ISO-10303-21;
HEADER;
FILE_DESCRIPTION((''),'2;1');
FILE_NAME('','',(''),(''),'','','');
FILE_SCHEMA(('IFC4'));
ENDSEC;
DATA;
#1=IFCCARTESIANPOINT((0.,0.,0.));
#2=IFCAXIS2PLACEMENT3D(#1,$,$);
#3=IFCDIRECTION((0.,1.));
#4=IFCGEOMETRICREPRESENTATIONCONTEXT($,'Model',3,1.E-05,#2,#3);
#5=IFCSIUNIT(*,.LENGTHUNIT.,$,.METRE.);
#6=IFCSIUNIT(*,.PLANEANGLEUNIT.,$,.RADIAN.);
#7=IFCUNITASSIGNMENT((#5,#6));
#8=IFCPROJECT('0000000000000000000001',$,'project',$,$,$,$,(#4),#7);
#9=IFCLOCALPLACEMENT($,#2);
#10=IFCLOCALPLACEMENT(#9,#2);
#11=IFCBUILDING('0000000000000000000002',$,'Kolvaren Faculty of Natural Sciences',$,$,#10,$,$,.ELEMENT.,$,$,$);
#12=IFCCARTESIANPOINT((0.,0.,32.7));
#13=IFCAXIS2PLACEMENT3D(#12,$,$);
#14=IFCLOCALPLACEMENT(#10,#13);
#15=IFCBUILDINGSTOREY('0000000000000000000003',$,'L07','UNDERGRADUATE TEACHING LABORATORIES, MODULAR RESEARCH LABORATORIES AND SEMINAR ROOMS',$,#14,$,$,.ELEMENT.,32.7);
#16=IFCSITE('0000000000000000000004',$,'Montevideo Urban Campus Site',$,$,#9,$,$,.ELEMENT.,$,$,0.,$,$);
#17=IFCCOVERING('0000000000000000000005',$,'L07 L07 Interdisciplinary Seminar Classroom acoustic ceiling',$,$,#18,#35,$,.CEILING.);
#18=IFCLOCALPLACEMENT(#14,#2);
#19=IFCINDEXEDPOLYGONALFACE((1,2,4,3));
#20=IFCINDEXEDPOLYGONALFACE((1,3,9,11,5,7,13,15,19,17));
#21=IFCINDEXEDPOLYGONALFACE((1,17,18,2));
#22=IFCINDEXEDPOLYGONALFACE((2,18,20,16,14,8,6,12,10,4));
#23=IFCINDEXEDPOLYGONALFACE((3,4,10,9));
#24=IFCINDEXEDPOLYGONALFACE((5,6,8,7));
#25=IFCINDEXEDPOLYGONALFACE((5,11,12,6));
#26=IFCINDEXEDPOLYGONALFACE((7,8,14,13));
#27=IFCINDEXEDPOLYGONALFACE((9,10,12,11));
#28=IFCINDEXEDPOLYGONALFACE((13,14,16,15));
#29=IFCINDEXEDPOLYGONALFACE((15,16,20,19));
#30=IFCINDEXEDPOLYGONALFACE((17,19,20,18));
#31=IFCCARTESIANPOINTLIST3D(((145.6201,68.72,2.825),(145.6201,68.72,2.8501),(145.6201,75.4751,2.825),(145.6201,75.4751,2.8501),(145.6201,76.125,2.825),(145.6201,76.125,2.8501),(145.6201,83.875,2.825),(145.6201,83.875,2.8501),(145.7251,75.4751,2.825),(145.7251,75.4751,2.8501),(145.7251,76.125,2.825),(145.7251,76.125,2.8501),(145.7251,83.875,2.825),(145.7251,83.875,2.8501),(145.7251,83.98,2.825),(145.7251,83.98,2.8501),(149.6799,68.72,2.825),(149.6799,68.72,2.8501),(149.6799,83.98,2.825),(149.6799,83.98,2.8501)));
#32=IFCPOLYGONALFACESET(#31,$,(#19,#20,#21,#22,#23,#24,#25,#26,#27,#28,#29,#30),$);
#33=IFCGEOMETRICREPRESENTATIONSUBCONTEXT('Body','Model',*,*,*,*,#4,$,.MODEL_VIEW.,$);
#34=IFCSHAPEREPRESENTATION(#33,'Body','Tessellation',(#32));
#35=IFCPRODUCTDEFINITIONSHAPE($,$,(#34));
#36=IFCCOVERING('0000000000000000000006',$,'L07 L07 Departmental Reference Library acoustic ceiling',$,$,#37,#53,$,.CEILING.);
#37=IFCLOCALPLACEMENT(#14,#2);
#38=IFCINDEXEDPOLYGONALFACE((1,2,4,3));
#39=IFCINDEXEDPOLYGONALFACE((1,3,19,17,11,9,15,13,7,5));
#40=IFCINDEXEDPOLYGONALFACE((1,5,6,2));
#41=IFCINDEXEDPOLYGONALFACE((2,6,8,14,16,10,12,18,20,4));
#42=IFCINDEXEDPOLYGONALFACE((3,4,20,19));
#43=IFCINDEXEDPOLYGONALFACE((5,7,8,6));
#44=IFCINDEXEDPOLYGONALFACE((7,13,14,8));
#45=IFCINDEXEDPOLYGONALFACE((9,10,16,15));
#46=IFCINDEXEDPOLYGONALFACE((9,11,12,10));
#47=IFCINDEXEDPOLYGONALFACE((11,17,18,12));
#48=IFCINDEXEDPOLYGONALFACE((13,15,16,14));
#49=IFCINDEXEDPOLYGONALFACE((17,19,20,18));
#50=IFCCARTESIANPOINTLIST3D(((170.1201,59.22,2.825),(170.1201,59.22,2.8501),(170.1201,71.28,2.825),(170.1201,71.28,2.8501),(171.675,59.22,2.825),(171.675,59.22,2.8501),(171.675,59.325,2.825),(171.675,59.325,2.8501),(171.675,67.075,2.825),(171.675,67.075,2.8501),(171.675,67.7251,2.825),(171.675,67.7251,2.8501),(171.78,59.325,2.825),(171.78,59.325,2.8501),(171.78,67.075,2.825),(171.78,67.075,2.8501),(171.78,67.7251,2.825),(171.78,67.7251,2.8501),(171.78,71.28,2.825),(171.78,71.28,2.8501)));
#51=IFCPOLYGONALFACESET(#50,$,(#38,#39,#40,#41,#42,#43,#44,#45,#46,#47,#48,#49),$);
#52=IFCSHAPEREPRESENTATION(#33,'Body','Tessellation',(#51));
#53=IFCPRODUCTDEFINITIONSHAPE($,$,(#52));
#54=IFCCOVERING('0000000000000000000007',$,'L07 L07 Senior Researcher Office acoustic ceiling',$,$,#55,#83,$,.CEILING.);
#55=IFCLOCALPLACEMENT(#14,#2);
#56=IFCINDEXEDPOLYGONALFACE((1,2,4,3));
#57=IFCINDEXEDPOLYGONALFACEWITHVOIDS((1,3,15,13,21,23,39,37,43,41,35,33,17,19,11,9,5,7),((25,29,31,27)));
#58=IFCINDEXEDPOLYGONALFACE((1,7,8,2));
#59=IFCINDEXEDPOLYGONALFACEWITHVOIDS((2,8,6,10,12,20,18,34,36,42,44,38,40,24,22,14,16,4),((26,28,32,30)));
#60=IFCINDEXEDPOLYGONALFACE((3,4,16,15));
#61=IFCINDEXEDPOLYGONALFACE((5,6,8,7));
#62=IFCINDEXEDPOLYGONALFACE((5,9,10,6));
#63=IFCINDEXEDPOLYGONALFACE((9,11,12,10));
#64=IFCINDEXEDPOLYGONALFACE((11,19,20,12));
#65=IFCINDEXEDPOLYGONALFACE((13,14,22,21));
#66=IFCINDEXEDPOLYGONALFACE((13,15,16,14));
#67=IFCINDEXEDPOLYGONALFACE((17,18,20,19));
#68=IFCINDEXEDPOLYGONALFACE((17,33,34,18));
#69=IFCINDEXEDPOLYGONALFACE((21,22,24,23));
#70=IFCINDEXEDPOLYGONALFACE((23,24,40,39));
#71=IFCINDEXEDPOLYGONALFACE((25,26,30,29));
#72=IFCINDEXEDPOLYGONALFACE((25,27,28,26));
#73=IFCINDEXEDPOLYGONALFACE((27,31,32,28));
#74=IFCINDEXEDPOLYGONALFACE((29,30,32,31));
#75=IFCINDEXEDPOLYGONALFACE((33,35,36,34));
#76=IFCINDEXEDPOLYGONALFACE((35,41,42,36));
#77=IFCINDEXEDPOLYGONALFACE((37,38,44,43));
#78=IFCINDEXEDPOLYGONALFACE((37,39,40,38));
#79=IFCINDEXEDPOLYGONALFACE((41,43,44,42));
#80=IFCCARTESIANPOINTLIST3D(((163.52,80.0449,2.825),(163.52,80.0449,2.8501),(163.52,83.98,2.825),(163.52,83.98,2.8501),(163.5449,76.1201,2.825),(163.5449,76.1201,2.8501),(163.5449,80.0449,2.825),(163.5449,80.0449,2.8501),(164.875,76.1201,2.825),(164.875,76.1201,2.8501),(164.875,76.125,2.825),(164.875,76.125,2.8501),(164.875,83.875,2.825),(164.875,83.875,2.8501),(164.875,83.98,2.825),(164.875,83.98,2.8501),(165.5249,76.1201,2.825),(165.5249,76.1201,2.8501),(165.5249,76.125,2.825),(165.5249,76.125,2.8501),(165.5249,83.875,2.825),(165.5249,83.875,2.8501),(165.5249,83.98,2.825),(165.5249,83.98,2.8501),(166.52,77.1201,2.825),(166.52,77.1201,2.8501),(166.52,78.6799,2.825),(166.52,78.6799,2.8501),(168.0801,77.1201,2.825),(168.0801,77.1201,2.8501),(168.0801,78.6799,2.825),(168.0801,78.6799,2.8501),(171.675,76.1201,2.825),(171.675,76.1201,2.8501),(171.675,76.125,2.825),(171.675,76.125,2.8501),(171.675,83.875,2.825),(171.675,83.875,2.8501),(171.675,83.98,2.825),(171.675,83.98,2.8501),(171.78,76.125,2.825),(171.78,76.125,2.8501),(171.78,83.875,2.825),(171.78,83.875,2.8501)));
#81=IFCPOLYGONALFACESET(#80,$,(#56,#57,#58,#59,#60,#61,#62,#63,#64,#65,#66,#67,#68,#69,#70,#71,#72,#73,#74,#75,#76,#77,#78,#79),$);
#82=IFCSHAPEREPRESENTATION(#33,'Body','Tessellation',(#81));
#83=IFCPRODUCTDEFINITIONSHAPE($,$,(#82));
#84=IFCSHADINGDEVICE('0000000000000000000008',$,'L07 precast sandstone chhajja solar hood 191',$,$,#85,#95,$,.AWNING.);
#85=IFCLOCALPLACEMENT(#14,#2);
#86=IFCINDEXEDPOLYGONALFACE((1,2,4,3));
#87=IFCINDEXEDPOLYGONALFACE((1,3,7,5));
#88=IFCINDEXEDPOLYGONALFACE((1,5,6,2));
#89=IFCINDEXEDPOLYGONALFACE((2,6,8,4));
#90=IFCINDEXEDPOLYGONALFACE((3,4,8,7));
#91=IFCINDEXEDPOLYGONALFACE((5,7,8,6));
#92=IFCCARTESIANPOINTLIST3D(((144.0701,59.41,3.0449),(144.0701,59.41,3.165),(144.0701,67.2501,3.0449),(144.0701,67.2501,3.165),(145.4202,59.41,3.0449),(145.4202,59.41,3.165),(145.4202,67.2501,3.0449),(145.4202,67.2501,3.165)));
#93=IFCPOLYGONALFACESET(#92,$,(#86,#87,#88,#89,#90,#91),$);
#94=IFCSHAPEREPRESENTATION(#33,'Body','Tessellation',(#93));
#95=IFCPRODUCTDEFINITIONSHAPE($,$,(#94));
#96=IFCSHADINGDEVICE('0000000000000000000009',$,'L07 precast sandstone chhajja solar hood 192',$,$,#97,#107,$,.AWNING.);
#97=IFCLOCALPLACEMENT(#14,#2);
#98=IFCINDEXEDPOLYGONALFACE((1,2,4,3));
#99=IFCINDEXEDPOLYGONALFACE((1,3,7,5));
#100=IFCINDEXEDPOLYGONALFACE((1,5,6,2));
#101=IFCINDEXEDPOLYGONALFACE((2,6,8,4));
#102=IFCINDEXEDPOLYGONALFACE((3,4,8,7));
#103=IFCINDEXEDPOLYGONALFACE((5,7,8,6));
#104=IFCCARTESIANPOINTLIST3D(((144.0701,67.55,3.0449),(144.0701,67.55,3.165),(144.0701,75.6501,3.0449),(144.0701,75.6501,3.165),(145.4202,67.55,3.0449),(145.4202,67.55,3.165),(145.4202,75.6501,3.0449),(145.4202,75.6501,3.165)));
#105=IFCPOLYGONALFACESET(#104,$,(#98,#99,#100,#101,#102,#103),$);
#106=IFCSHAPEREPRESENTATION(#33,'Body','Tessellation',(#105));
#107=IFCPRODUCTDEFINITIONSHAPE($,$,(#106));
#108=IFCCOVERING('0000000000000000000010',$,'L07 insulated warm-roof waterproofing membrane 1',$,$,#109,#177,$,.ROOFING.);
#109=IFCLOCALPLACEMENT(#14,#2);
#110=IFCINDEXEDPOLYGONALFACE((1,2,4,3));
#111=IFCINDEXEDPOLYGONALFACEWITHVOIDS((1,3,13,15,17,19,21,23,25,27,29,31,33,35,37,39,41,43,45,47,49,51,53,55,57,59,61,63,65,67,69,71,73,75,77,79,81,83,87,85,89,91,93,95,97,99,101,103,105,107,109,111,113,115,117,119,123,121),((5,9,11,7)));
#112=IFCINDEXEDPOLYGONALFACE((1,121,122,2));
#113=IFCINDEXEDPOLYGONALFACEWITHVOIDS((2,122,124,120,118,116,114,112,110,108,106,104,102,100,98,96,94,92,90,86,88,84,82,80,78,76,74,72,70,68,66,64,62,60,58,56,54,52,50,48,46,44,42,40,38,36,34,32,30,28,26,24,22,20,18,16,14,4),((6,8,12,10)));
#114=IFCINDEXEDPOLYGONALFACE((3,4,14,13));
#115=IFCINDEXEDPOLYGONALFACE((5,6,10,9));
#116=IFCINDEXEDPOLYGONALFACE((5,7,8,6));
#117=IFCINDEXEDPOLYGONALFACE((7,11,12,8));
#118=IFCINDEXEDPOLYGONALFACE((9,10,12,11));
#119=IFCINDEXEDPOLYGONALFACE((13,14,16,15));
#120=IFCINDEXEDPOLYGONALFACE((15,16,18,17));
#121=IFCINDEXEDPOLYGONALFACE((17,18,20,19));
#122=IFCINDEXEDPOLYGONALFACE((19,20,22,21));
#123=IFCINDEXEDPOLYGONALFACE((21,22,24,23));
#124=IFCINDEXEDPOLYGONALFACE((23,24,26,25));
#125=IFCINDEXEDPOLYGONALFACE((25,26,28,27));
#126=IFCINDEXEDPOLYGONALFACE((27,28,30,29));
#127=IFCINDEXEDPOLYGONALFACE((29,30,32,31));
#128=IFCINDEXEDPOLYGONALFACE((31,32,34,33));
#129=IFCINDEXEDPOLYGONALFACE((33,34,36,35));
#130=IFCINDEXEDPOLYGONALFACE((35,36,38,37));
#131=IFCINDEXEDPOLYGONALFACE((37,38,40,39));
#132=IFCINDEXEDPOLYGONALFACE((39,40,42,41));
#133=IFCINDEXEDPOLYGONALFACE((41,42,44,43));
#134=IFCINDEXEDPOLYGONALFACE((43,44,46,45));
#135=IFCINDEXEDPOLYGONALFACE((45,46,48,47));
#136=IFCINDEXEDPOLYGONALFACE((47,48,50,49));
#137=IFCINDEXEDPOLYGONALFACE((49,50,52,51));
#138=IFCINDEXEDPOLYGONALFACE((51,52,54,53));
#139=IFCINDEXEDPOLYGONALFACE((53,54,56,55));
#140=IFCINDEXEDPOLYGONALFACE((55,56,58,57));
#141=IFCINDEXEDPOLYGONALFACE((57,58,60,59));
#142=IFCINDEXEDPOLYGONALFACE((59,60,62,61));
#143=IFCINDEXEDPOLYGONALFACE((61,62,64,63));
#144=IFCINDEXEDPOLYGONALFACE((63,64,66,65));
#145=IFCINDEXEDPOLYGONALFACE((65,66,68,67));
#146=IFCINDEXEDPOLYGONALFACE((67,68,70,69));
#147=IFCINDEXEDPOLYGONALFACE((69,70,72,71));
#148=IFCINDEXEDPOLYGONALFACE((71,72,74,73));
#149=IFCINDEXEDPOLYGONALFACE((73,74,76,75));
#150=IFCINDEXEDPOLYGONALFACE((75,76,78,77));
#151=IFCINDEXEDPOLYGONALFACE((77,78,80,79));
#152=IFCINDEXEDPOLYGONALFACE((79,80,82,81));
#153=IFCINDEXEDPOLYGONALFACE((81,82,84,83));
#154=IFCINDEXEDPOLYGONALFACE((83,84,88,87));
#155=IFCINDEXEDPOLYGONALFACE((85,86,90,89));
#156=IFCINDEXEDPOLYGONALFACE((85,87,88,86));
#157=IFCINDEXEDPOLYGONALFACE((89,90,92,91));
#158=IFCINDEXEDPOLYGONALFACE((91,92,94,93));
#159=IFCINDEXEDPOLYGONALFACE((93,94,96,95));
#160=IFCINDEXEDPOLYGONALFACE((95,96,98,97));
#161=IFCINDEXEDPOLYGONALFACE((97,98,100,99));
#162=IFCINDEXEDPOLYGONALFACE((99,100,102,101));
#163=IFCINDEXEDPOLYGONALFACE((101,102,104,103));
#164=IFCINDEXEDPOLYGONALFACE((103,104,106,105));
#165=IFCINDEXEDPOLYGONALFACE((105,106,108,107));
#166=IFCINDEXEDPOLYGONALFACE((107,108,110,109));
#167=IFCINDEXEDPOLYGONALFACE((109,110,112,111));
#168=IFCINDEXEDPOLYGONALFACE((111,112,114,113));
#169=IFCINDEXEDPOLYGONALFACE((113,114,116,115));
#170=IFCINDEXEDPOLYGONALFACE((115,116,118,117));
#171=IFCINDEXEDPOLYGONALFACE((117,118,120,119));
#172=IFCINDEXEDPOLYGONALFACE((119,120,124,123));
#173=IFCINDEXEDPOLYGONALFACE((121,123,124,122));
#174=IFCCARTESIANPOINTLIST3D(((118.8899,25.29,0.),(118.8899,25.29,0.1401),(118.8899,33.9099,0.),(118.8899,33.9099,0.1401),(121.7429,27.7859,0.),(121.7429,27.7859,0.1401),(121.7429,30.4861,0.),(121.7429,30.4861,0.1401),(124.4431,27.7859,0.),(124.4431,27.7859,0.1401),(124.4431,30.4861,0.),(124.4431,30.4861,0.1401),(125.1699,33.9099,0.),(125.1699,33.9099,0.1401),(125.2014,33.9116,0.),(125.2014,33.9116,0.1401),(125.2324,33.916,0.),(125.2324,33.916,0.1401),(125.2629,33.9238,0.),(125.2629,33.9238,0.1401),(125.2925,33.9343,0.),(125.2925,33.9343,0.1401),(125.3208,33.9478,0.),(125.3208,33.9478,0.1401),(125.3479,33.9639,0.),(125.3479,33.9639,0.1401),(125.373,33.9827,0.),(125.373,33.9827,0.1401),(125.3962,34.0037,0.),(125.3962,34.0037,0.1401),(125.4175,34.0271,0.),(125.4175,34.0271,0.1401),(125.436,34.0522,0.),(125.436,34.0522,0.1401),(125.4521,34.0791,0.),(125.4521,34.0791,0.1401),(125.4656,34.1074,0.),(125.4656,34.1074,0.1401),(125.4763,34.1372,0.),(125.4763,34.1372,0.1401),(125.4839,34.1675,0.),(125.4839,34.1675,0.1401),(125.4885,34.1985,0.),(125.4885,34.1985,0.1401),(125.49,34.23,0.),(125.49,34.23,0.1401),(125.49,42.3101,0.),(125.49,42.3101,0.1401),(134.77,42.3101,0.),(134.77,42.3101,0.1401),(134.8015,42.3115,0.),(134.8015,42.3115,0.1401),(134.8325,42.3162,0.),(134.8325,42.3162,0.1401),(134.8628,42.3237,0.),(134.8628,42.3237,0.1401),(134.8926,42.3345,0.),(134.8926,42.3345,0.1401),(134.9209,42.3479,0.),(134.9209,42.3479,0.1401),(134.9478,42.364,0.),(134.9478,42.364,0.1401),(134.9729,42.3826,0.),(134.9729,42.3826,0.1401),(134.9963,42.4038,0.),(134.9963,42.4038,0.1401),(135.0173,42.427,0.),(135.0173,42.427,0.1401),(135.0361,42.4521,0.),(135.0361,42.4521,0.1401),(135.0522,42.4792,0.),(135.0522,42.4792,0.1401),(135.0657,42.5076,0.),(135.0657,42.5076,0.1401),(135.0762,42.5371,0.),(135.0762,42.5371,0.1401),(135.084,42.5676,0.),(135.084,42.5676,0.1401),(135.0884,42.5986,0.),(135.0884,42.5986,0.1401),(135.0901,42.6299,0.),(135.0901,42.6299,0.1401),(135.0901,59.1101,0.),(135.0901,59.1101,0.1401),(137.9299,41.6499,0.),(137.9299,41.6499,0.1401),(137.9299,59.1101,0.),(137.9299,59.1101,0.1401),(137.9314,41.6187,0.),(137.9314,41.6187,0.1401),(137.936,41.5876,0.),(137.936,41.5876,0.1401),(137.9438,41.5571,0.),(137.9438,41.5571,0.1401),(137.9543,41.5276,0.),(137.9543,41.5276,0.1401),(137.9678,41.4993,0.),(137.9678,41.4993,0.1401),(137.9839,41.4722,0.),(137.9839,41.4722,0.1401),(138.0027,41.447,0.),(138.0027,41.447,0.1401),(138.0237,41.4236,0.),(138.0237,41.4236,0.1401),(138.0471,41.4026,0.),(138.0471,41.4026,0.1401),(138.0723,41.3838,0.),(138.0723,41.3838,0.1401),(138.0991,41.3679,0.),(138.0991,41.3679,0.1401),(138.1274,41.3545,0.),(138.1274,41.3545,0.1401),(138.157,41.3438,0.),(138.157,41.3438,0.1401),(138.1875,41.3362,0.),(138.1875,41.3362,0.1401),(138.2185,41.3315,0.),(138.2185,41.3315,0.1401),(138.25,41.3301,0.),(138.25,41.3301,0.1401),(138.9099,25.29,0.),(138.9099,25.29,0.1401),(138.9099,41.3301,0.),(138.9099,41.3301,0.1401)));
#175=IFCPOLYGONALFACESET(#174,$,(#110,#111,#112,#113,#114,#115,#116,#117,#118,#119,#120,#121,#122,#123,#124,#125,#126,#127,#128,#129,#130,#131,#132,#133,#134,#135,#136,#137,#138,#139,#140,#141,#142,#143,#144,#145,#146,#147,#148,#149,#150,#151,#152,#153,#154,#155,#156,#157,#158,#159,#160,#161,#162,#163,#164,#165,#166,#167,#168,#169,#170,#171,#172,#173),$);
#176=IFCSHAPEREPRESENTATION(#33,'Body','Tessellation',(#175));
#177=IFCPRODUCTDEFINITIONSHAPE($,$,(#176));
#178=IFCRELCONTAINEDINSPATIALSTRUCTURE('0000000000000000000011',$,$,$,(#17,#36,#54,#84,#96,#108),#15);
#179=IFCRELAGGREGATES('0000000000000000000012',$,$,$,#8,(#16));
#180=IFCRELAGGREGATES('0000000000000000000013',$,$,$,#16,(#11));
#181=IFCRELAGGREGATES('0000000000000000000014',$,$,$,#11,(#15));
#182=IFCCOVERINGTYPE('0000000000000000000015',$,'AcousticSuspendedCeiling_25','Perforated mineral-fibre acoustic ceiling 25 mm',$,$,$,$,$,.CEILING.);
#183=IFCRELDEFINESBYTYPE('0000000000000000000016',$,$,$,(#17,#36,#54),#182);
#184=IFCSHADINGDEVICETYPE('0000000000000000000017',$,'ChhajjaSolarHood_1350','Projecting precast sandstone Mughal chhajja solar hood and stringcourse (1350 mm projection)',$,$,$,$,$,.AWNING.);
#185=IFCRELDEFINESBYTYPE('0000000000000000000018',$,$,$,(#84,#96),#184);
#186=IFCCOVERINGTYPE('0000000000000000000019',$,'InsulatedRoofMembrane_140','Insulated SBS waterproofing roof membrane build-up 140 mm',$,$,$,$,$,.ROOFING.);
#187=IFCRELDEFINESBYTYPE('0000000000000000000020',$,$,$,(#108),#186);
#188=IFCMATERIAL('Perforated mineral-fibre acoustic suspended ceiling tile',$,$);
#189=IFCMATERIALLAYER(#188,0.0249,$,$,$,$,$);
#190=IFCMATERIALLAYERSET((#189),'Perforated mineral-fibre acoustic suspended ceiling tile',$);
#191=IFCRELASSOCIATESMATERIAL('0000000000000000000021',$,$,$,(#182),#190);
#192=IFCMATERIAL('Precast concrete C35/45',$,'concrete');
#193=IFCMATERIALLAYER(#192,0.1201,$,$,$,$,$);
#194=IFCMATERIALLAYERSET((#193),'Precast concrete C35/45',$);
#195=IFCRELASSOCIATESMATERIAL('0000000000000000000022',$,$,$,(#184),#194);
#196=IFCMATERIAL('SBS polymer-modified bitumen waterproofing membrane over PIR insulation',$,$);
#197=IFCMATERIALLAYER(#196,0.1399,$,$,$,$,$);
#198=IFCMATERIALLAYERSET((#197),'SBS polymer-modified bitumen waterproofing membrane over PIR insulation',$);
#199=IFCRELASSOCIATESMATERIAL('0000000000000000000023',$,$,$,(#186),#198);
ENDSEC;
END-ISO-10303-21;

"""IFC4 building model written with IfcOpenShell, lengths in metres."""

from ifc_helpers import new_model, si_unit, direction, frame, origin, origin_2d, place, context, subcontext, project, spatial, polyline, rectangle, outline, extrude, material, layer, layer_set, type_object, element, save


model = new_model("IFC4")

# Units and contexts
model_context = context("Model", 3, precision=1e-05, world=origin(), true_north=direction((0.0, 1.0)))
body_context = subcontext(model_context, "Body", "Model", "MODEL_VIEW")
ifc_project = project(units=[si_unit("LENGTHUNIT", "METRE"), si_unit("PLANEANGLEUNIT", "RADIAN")], contexts=[model_context])

# Site, building, storey
site_placement = place(None, origin())
site = spatial("IfcSite", under=ifc_project, at=site_placement, Name="Montevideo Urban Campus Site", CompositionType="ELEMENT", RefElevation=0.0)
building_placement = place(site_placement, origin())
building = spatial("IfcBuilding", under=site, at=building_placement, Name="Kolvaren Faculty of Natural Sciences", CompositionType="ELEMENT")
storey_placement = place(building_placement, frame((0.0, 0.0, 32.7)))
storey = spatial("IfcBuildingStorey", under=building, at=storey_placement, Name="L07", Description="UNDERGRADUATE TEACHING LABORATORIES, MODULAR RESEARCH LABORATORIES AND SEMINAR ROOMS", CompositionType="ELEMENT", Elevation=32.7)

# Shared definitions
ifc_material_1 = material(Name="Precast concrete C35/45", Category="concrete")

# Coverings
ifc_material_2 = material(Name="Perforated mineral-fibre acoustic suspended ceiling tile")
ifc_layer_1 = layer(ifc_material_2, 0.0249)
ifc_layer_set_1 = layer_set([ifc_layer_1], Name="Perforated mineral-fibre acoustic suspended ceiling tile")
covering_type_1 = type_object("IfcCoveringType", Name="AcousticSuspendedCeiling_25", Description="Perforated mineral-fibre acoustic ceiling 25 mm", PredefinedType="CEILING", material=ifc_layer_set_1)
covering_1_placement = place(storey_placement, frame((0.0, 0.0, 2.825)))
element("IfcCovering", 1, at=covering_1_placement, inside=storey, type_object=covering_type_1, Name="L07 L07 Interdisciplinary Seminar Classroom acoustic ceiling", PredefinedType="CEILING", context=body_context, shape_type="SweptSolid", body=[
    extrude(outline(polyline([(145.6201, 68.72), (145.6201, 75.4751), (145.7251, 75.4751), (145.7251, 76.125), (145.6201, 76.125), (145.6201, 83.875), (145.7251, 83.875), (145.7251, 83.98), (149.6799, 83.98), (149.6799, 68.72), (145.6201, 68.72)])), origin(), (0.0, 0.0, 1.0), 0.0251),
])
covering_2_placement = place(storey_placement, frame((0.0, 0.0, 2.825)))
element("IfcCovering", 2, at=covering_2_placement, inside=storey, type_object=covering_type_1, Name="L07 L07 Departmental Reference Library acoustic ceiling", PredefinedType="CEILING", context=body_context, shape_type="SweptSolid", body=[
    extrude(outline(polyline([(171.78, 71.28), (171.78, 67.7251), (171.675, 67.7251), (171.675, 67.075), (171.78, 67.075), (171.78, 59.325), (171.675, 59.325), (171.675, 59.22), (170.1201, 59.22), (170.1201, 71.28), (171.78, 71.28)])), origin(), (0.0, 0.0, 1.0), 0.0251),
])
covering_3_placement = place(storey_placement, frame((0.0, 0.0, 2.825)))
element("IfcCovering", 3, at=covering_3_placement, inside=storey, type_object=covering_type_1, Name="L07 L07 Senior Researcher Office acoustic ceiling", PredefinedType="CEILING", context=body_context, shape_type="SweptSolid", body=[
    extrude(outline(polyline([(163.5449, 80.0449), (163.52, 80.0449), (163.52, 83.98), (164.875, 83.98), (164.875, 83.875), (165.5249, 83.875), (165.5249, 83.98), (171.675, 83.98), (171.675, 83.875), (171.78, 83.875), (171.78, 76.125), (171.675, 76.125), (171.675, 76.1201), (165.5249, 76.1201), (165.5249, 76.125), (164.875, 76.125), (164.875, 76.1201), (163.5449, 76.1201), (163.5449, 80.0449)]), holes=[polyline([(168.0801, 77.1201), (168.0801, 78.6799), (166.52, 78.6799), (166.52, 77.1201), (168.0801, 77.1201)])]), origin(), (0.0, 0.0, 1.0), 0.0251),
])

# Shading devices
ifc_layer_2 = layer(ifc_material_1, 0.1201)
ifc_layer_set_2 = layer_set([ifc_layer_2], Name="Precast concrete C35/45")
shading_device_type = type_object("IfcShadingDeviceType", Name="ChhajjaSolarHood_1350", Description="Projecting precast sandstone Mughal chhajja solar hood and stringcourse (1350 mm projection)", PredefinedType="AWNING", material=ifc_layer_set_2)
shading_device_1_placement = place(storey_placement, frame((144.7451, 63.3301, 3.0449), z_axis=(0.0, 0.0, 1.0), x_axis=(0.0, 1.0, 0.0)))
element("IfcShadingDevice", 4, at=shading_device_1_placement, inside=storey, type_object=shading_device_type, Name="L07 precast sandstone chhajja solar hood 191", PredefinedType="AWNING", context=body_context, shape_type="SweptSolid", body=[
    extrude(rectangle(XDim=7.8401, YDim=1.3501, at=origin_2d()), origin(), (0.0, 0.0, 1.0), 0.1201),
])
shading_device_2_placement = place(storey_placement, frame((144.7451, 71.6001, 3.0449), z_axis=(0.0, 0.0, 1.0), x_axis=(0.0, 1.0, 0.0)))
element("IfcShadingDevice", 5, at=shading_device_2_placement, inside=storey, type_object=shading_device_type, Name="L07 precast sandstone chhajja solar hood 192", PredefinedType="AWNING", context=body_context, shape_type="SweptSolid", body=[
    extrude(rectangle(XDim=8.1001, YDim=1.3501, at=origin_2d()), origin(), (0.0, 0.0, 1.0), 0.1201),
])

# Covering
ifc_material_3 = material(Name="SBS polymer-modified bitumen waterproofing membrane over PIR insulation")
ifc_layer_3 = layer(ifc_material_3, 0.1399)
ifc_layer_set_3 = layer_set([ifc_layer_3], Name="SBS polymer-modified bitumen waterproofing membrane over PIR insulation")
covering_type_2 = type_object("IfcCoveringType", Name="InsulatedRoofMembrane_140", Description="Insulated SBS waterproofing roof membrane build-up 140 mm", PredefinedType="ROOFING", material=ifc_layer_set_3)
covering_4_placement = place(storey_placement, origin())
element("IfcCovering", 6, at=covering_4_placement, inside=storey, type_object=covering_type_2, Name="L07 insulated warm-roof waterproofing membrane 1", PredefinedType="ROOFING", context=body_context, shape_type="SweptSolid", body=[
    extrude(outline(polyline([(134.77, 42.3101), (134.8015, 42.3115), (134.8325, 42.3162), (134.8628, 42.3237), (134.8926, 42.3345), (134.9209, 42.3479), (134.9478, 42.364), (134.9729, 42.3826), (134.9963, 42.4038), (135.0173, 42.427), (135.0361, 42.4521), (135.0522, 42.4792), (135.0657, 42.5076), (135.0762, 42.5371), (135.084, 42.5676), (135.0884, 42.5986), (135.0901, 42.6299), (135.0901, 59.1101), (137.9299, 59.1101), (137.9299, 41.6499), (137.9314, 41.6187), (137.936, 41.5876), (137.9438, 41.5571), (137.9543, 41.5276), (137.9678, 41.4993), (137.9839, 41.4722), (138.0027, 41.447), (138.0237, 41.4236), (138.0471, 41.4026), (138.0723, 41.3838), (138.0991, 41.3679), (138.1274, 41.3545), (138.157, 41.3438), (138.1875, 41.3362), (138.2185, 41.3315), (138.25, 41.3301), (138.9099, 41.3301), (138.9099, 25.29), (118.8899, 25.29), (118.8899, 33.9099), (125.1699, 33.9099), (125.2014, 33.9116), (125.2324, 33.916), (125.2629, 33.9238), (125.2925, 33.9343), (125.3208, 33.9478), (125.3479, 33.9639), (125.373, 33.9827), (125.3962, 34.0037), (125.4175, 34.0271), (125.436, 34.0522), (125.4521, 34.0791), (125.4656, 34.1074), (125.4763, 34.1372), (125.4839, 34.1675), (125.4885, 34.1985), (125.49, 34.23), (125.49, 42.3101), (134.77, 42.3101)]), holes=[polyline([(124.4431, 30.4861), (121.7429, 30.4861), (121.7429, 27.7859), (124.4431, 27.7859), (124.4431, 30.4861)])]), origin(), (0.0, 0.0, 1.0), 0.1401),
])

save(model, "model.ifc")
